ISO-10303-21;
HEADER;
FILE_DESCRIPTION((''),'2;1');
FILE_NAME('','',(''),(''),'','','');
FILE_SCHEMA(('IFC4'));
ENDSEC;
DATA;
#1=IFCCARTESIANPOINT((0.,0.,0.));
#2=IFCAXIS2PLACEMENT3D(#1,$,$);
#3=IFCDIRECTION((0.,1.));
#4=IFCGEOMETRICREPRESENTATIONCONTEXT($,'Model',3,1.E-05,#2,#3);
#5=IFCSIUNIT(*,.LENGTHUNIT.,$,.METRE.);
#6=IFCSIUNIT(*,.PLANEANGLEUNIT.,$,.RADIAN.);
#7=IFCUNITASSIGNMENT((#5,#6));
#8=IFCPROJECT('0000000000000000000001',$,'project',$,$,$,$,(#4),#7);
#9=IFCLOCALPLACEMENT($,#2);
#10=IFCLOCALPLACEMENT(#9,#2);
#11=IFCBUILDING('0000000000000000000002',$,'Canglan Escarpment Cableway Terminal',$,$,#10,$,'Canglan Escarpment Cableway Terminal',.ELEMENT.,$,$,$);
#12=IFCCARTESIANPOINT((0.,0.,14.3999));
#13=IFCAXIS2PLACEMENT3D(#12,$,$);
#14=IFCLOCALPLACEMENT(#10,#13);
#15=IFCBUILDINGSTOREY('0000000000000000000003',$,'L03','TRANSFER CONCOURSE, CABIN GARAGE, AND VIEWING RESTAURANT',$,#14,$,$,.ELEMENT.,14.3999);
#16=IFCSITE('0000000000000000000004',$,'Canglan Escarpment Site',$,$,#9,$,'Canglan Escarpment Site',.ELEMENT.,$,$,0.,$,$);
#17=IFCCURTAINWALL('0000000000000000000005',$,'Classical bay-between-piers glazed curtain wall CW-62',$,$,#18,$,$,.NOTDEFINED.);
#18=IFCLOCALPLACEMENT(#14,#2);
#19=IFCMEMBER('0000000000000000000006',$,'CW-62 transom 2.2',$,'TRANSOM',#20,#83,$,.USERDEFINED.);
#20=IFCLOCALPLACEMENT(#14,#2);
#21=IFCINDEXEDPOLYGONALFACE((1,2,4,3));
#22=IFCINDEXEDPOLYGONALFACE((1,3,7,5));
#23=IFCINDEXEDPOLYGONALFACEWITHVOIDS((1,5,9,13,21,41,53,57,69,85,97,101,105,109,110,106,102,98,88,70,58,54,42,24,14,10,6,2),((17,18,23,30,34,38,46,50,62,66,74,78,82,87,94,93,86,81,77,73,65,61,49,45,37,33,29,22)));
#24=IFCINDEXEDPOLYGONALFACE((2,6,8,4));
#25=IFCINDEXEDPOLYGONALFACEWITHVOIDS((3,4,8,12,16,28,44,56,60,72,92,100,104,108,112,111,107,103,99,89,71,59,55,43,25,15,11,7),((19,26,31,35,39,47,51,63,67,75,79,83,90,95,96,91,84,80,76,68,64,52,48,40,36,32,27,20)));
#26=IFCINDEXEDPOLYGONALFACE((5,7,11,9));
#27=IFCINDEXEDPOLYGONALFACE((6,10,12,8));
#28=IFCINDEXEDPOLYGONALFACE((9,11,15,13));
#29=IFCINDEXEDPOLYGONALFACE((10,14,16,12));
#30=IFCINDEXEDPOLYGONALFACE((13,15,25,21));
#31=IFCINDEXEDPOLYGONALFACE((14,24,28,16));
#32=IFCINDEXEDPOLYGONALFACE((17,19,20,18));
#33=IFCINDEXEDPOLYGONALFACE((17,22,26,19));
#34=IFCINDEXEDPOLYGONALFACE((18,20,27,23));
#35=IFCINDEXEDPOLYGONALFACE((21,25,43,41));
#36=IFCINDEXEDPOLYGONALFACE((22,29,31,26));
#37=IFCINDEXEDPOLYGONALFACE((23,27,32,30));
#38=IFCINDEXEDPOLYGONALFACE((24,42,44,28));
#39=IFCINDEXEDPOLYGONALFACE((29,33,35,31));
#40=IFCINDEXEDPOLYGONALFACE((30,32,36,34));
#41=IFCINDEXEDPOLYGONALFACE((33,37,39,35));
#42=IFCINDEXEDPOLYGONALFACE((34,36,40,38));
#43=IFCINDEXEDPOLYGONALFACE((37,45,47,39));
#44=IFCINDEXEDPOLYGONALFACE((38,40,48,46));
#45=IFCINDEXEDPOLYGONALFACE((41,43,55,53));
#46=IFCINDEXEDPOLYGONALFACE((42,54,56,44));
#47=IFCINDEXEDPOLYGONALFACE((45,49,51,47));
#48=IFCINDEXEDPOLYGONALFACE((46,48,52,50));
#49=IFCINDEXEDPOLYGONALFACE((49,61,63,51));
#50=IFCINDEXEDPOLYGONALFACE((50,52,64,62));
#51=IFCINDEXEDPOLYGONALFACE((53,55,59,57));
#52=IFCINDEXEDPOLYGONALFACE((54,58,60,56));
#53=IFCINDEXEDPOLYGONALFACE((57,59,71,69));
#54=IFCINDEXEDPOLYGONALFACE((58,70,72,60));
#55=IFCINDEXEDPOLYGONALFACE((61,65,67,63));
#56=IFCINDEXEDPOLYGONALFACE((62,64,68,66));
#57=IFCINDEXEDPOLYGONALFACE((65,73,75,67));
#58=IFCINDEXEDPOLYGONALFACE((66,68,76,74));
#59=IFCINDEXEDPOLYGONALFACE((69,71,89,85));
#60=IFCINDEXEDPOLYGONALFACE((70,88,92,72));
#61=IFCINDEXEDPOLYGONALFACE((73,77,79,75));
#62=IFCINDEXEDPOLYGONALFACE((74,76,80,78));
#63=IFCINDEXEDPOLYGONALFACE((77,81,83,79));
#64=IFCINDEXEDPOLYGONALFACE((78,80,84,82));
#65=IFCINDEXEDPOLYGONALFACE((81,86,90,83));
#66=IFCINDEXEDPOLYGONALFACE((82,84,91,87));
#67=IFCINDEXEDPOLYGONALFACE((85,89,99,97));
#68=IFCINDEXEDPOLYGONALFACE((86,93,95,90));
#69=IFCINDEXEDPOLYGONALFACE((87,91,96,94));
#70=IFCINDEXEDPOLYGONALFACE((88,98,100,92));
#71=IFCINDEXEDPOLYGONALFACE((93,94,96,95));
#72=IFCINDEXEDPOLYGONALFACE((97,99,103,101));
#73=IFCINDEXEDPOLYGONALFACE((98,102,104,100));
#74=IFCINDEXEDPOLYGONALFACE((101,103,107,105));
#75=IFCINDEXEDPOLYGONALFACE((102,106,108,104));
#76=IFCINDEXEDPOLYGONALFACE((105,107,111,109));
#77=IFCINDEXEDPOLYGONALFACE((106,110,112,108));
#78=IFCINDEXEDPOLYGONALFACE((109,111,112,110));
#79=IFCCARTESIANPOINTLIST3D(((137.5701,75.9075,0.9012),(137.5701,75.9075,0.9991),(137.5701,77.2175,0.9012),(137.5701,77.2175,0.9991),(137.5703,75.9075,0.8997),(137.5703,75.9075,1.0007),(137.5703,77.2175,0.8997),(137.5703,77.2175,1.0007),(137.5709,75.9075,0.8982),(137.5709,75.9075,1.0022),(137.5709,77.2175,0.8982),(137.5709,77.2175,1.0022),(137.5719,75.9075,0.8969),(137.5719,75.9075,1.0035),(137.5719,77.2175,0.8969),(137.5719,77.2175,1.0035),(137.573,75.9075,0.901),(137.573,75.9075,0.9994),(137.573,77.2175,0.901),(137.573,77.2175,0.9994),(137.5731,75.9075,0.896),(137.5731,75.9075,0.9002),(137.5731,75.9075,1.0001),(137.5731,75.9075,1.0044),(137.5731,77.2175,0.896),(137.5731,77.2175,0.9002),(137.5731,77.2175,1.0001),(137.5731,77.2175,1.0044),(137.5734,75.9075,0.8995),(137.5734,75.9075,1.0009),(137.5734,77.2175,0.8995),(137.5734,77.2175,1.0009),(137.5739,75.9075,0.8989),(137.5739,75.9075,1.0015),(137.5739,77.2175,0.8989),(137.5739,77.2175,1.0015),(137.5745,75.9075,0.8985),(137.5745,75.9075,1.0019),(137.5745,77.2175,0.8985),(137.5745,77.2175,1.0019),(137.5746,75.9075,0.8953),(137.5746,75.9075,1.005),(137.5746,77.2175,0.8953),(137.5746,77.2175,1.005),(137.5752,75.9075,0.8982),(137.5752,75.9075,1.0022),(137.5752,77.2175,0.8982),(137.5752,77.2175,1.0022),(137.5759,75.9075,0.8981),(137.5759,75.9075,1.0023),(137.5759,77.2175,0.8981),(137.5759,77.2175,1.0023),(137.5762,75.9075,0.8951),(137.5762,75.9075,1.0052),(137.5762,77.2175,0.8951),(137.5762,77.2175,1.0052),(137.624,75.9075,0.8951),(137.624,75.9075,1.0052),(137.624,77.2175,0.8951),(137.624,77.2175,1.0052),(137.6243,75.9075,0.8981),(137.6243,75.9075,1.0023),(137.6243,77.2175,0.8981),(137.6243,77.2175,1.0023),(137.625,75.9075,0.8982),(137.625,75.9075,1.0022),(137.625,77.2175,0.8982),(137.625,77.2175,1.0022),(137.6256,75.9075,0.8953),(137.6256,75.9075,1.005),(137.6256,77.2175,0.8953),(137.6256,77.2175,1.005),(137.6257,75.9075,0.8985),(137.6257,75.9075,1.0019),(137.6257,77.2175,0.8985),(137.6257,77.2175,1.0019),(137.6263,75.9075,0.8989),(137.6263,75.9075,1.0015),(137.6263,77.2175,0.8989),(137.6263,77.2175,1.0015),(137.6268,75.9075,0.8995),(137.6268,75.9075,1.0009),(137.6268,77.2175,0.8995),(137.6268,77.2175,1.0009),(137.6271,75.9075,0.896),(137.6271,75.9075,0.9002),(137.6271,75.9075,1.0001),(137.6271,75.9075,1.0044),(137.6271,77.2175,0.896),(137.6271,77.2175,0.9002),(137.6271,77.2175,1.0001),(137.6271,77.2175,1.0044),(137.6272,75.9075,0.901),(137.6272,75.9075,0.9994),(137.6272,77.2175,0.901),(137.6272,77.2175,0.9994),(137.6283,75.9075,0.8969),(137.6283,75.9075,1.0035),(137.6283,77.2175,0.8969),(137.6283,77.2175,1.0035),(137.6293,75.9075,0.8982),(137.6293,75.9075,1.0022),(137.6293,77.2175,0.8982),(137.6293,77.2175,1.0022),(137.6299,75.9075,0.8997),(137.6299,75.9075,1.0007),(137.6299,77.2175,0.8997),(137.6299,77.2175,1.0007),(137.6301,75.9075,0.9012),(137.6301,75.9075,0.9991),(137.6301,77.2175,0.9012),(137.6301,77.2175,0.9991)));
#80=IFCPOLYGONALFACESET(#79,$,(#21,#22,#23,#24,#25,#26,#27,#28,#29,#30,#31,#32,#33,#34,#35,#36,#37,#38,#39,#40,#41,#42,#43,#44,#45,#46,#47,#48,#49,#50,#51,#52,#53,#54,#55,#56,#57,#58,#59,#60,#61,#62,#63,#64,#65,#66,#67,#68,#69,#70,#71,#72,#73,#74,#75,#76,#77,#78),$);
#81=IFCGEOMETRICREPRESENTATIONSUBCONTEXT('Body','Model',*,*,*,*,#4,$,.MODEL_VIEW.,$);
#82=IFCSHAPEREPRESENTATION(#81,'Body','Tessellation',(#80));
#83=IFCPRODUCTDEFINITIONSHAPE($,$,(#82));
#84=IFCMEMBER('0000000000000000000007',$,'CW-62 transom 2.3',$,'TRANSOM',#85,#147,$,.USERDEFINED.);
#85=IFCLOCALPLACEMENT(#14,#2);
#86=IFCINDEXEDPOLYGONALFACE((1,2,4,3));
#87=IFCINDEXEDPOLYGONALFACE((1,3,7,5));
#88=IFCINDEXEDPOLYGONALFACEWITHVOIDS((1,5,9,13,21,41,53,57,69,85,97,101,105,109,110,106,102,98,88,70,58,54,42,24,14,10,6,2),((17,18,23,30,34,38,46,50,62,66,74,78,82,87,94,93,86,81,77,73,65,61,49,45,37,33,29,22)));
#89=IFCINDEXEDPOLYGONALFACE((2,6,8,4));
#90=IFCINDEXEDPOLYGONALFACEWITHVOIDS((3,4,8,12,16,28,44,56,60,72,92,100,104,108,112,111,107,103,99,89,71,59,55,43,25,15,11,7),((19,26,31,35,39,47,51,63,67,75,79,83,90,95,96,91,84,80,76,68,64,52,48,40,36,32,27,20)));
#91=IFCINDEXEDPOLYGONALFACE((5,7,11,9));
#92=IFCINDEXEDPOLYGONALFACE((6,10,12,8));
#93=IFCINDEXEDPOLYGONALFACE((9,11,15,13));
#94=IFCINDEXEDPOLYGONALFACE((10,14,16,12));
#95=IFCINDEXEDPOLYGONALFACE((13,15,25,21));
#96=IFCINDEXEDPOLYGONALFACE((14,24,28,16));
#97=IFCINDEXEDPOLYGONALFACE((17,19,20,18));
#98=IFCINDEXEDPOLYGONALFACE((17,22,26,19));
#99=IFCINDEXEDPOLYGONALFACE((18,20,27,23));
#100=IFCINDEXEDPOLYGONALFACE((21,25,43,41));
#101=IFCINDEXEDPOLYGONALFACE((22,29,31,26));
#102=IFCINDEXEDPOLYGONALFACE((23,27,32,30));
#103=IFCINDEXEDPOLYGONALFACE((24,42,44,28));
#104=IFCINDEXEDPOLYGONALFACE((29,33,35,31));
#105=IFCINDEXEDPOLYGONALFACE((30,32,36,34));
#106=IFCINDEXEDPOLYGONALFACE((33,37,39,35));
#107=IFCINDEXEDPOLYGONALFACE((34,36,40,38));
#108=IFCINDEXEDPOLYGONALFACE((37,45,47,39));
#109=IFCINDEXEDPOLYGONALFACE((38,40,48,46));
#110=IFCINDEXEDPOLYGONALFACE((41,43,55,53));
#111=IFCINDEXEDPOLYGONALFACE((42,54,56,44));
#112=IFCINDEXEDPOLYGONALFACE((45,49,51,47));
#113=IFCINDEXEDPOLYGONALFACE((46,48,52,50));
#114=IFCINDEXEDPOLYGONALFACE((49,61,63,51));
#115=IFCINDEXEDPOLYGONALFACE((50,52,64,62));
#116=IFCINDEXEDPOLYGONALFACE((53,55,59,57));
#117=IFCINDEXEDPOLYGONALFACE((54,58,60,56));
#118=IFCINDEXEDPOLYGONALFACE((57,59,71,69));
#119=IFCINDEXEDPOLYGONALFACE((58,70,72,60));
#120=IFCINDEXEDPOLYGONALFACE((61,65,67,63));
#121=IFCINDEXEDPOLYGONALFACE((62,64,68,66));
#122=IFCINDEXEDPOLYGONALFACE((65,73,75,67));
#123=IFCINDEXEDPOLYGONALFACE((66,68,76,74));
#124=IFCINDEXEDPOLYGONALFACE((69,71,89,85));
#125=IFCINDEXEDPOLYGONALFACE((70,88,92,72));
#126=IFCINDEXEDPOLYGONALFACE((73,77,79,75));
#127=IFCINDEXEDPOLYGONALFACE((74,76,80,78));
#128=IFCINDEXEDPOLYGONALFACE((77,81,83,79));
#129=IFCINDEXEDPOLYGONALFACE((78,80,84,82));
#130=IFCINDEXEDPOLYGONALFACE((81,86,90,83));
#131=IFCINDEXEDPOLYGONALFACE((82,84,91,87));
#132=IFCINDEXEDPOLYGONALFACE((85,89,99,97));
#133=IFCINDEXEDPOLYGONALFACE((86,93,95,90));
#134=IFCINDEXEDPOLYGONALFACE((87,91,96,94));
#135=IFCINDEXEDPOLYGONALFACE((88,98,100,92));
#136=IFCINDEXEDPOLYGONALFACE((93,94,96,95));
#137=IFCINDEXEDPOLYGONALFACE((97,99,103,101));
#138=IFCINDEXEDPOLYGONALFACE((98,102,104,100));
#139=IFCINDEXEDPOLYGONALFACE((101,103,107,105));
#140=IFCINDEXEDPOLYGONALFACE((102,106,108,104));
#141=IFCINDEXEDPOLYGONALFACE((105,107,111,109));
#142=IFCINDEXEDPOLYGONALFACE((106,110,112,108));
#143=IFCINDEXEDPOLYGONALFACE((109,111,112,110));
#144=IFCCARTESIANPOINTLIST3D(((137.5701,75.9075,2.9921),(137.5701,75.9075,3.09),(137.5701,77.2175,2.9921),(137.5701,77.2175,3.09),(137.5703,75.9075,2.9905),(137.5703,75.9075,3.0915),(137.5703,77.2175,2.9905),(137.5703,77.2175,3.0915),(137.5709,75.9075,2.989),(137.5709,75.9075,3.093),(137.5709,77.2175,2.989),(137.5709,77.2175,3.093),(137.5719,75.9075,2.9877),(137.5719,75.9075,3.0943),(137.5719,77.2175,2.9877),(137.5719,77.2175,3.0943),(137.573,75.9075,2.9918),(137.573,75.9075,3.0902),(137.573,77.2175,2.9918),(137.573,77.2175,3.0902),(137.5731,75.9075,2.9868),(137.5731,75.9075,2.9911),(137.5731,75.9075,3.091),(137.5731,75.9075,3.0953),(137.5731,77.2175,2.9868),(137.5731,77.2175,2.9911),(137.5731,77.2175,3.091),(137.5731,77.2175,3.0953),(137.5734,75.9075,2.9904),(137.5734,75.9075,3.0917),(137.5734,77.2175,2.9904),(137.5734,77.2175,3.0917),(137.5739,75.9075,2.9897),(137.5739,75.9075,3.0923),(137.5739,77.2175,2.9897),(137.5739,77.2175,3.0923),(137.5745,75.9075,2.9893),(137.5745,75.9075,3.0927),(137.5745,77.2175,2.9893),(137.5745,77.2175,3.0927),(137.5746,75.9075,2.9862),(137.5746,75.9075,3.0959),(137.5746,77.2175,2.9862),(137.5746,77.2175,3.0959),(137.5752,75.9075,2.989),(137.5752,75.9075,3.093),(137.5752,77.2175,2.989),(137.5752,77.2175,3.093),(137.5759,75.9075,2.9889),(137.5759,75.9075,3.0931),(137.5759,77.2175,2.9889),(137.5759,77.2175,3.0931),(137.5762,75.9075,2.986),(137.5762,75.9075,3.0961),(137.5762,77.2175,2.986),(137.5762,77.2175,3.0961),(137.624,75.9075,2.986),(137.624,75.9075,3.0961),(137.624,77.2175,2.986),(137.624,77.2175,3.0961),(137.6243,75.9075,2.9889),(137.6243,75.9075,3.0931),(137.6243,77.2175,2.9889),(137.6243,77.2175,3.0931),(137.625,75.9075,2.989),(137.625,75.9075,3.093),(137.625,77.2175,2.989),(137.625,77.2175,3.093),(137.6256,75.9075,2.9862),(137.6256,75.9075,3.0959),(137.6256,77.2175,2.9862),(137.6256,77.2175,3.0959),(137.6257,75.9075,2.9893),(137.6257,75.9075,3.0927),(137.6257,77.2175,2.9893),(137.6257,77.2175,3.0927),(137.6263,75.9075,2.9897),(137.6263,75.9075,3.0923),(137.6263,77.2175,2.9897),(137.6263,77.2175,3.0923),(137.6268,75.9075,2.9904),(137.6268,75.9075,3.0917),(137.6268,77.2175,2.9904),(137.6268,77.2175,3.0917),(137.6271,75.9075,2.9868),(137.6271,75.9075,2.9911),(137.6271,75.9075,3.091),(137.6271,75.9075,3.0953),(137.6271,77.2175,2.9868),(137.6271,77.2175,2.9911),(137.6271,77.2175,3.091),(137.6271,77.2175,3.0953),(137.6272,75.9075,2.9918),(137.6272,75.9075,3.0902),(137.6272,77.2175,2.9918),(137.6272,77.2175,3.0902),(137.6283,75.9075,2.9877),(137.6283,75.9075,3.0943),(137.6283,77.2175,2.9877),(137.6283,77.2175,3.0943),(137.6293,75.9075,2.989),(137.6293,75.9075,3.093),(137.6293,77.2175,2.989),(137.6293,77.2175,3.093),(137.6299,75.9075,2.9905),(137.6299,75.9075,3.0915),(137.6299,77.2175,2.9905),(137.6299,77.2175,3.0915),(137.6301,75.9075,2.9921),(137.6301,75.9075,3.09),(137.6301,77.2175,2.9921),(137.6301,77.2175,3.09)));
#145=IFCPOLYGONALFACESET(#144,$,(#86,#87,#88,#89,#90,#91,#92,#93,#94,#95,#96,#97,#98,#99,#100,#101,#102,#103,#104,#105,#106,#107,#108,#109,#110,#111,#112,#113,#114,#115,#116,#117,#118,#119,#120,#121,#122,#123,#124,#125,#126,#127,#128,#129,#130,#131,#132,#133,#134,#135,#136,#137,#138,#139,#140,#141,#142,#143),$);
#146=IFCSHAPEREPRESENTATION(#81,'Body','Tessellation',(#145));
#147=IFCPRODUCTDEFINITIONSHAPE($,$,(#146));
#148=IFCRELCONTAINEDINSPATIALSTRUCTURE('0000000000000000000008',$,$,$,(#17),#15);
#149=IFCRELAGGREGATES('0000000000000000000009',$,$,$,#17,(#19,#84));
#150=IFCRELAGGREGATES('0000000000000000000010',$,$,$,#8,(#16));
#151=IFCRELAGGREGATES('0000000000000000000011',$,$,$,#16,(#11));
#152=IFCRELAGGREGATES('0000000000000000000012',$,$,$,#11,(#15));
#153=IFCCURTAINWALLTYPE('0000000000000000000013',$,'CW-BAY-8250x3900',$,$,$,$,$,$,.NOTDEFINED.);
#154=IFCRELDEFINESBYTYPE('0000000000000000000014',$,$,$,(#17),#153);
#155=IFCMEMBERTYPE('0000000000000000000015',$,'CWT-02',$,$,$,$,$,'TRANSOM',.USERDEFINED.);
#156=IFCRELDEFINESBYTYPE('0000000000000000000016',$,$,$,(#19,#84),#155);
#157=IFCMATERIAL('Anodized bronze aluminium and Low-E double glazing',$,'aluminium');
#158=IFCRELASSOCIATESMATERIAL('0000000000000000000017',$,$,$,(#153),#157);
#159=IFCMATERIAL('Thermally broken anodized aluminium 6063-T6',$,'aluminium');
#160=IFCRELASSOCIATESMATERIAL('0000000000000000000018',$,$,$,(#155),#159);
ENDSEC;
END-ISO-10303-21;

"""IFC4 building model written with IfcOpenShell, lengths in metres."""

from ifc_helpers import new_model, si_unit, direction, frame, origin, origin_2d, place, context, subcontext, project, spatial, hollow_rectangle, extrude, material, material_profile, profile_set, type_object, element, aggregate, save


model = new_model("IFC4")

# Units and contexts
model_context = context("Model", 3, precision=1e-05, world=origin(), true_north=direction((0.0, 1.0)))
body_context = subcontext(model_context, "Body", "Model", "MODEL_VIEW")
ifc_project = project(units=[si_unit("LENGTHUNIT", "METRE"), si_unit("PLANEANGLEUNIT", "RADIAN")], contexts=[model_context])

# Site, building, storey
site_placement = place(None, origin())
site = spatial("IfcSite", under=ifc_project, at=site_placement, Name="Canglan Escarpment Site", LongName="Canglan Escarpment Site", CompositionType="ELEMENT", RefElevation=0.0)
building_placement = place(site_placement, origin())
building = spatial("IfcBuilding", under=site, at=building_placement, Name="Canglan Escarpment Cableway Terminal", LongName="Canglan Escarpment Cableway Terminal", CompositionType="ELEMENT")
storey_placement = place(building_placement, frame((0.0, 0.0, 14.3999)))
storey = spatial("IfcBuildingStorey", under=building, at=storey_placement, Name="L03", Description="TRANSFER CONCOURSE, CABIN GARAGE, AND VIEWING RESTAURANT", CompositionType="ELEMENT", Elevation=14.3999)

# Curtain wall, members
ifc_material_1 = material(Name="Anodized bronze aluminium and Low-E double glazing", Category="aluminium")
curtain_wall_type = type_object("IfcCurtainWallType", Name="CW-BAY-8250x3900", PredefinedType="NOTDEFINED", material=ifc_material_1)
curtain_wall_placement = place(storey_placement, origin())
curtain_wall = element("IfcCurtainWall", 1, at=curtain_wall_placement, inside=storey, type_object=curtain_wall_type, Name="Classical bay-between-piers glazed curtain wall CW-62", PredefinedType="NOTDEFINED")
ifc_material_2 = material(Name="Thermally broken anodized aluminium 6063-T6", Category="aluminium")
ifc_material_profile_1 = material_profile(ifc_material_2, hollow_rectangle(XDim=0.0601, YDim=0.1101, WallThickness=0.0029, InnerFilletRadius=0.0029, OuterFilletRadius=0.0061, at=origin_2d()), Name="ALU-TRAN 60x110x3")
ifc_profile_set_1 = profile_set([ifc_material_profile_1], Name="Thermally broken anodized aluminium 6063-T6")
member_type_1 = type_object("IfcMemberType", Name="CWT-02", ElementType="TRANSOM", PredefinedType="USERDEFINED", material=ifc_profile_set_1)
member_1_placement = place(storey_placement, frame((137.6001, 77.2175, 0.9502), z_axis=(0.0, -1.0, 0.0), x_axis=(1.0, 0.0, 0.0)))
member_1 = element("IfcMember", 2, at=member_1_placement, type_object=member_type_1, Name="CW-62 transom 2.2", ObjectType="TRANSOM", PredefinedType="USERDEFINED", context=body_context, shape_type="SweptSolid", body=[
    extrude(hollow_rectangle(XDim=0.0601, YDim=0.1101, WallThickness=0.0029, InnerFilletRadius=0.0029, OuterFilletRadius=0.0061, at=origin_2d()), origin(), (0.0, 0.0, 1.0), 1.3101),
])
member_2_placement = place(storey_placement, frame((137.6001, 77.2175, 3.041), z_axis=(0.0, -1.0, 0.0), x_axis=(1.0, 0.0, 0.0)))
member_2 = element("IfcMember", 3, at=member_2_placement, type_object=member_type_1, Name="CW-62 transom 2.3", ObjectType="TRANSOM", PredefinedType="USERDEFINED", context=body_context, shape_type="SweptSolid", body=[
    extrude(hollow_rectangle(XDim=0.0601, YDim=0.1101, WallThickness=0.0029, InnerFilletRadius=0.0029, OuterFilletRadius=0.0061, at=origin_2d()), origin(), (0.0, 0.0, 1.0), 1.3101),
])
aggregate(curtain_wall, [member_1, member_2])

save(model, "model.ifc")
